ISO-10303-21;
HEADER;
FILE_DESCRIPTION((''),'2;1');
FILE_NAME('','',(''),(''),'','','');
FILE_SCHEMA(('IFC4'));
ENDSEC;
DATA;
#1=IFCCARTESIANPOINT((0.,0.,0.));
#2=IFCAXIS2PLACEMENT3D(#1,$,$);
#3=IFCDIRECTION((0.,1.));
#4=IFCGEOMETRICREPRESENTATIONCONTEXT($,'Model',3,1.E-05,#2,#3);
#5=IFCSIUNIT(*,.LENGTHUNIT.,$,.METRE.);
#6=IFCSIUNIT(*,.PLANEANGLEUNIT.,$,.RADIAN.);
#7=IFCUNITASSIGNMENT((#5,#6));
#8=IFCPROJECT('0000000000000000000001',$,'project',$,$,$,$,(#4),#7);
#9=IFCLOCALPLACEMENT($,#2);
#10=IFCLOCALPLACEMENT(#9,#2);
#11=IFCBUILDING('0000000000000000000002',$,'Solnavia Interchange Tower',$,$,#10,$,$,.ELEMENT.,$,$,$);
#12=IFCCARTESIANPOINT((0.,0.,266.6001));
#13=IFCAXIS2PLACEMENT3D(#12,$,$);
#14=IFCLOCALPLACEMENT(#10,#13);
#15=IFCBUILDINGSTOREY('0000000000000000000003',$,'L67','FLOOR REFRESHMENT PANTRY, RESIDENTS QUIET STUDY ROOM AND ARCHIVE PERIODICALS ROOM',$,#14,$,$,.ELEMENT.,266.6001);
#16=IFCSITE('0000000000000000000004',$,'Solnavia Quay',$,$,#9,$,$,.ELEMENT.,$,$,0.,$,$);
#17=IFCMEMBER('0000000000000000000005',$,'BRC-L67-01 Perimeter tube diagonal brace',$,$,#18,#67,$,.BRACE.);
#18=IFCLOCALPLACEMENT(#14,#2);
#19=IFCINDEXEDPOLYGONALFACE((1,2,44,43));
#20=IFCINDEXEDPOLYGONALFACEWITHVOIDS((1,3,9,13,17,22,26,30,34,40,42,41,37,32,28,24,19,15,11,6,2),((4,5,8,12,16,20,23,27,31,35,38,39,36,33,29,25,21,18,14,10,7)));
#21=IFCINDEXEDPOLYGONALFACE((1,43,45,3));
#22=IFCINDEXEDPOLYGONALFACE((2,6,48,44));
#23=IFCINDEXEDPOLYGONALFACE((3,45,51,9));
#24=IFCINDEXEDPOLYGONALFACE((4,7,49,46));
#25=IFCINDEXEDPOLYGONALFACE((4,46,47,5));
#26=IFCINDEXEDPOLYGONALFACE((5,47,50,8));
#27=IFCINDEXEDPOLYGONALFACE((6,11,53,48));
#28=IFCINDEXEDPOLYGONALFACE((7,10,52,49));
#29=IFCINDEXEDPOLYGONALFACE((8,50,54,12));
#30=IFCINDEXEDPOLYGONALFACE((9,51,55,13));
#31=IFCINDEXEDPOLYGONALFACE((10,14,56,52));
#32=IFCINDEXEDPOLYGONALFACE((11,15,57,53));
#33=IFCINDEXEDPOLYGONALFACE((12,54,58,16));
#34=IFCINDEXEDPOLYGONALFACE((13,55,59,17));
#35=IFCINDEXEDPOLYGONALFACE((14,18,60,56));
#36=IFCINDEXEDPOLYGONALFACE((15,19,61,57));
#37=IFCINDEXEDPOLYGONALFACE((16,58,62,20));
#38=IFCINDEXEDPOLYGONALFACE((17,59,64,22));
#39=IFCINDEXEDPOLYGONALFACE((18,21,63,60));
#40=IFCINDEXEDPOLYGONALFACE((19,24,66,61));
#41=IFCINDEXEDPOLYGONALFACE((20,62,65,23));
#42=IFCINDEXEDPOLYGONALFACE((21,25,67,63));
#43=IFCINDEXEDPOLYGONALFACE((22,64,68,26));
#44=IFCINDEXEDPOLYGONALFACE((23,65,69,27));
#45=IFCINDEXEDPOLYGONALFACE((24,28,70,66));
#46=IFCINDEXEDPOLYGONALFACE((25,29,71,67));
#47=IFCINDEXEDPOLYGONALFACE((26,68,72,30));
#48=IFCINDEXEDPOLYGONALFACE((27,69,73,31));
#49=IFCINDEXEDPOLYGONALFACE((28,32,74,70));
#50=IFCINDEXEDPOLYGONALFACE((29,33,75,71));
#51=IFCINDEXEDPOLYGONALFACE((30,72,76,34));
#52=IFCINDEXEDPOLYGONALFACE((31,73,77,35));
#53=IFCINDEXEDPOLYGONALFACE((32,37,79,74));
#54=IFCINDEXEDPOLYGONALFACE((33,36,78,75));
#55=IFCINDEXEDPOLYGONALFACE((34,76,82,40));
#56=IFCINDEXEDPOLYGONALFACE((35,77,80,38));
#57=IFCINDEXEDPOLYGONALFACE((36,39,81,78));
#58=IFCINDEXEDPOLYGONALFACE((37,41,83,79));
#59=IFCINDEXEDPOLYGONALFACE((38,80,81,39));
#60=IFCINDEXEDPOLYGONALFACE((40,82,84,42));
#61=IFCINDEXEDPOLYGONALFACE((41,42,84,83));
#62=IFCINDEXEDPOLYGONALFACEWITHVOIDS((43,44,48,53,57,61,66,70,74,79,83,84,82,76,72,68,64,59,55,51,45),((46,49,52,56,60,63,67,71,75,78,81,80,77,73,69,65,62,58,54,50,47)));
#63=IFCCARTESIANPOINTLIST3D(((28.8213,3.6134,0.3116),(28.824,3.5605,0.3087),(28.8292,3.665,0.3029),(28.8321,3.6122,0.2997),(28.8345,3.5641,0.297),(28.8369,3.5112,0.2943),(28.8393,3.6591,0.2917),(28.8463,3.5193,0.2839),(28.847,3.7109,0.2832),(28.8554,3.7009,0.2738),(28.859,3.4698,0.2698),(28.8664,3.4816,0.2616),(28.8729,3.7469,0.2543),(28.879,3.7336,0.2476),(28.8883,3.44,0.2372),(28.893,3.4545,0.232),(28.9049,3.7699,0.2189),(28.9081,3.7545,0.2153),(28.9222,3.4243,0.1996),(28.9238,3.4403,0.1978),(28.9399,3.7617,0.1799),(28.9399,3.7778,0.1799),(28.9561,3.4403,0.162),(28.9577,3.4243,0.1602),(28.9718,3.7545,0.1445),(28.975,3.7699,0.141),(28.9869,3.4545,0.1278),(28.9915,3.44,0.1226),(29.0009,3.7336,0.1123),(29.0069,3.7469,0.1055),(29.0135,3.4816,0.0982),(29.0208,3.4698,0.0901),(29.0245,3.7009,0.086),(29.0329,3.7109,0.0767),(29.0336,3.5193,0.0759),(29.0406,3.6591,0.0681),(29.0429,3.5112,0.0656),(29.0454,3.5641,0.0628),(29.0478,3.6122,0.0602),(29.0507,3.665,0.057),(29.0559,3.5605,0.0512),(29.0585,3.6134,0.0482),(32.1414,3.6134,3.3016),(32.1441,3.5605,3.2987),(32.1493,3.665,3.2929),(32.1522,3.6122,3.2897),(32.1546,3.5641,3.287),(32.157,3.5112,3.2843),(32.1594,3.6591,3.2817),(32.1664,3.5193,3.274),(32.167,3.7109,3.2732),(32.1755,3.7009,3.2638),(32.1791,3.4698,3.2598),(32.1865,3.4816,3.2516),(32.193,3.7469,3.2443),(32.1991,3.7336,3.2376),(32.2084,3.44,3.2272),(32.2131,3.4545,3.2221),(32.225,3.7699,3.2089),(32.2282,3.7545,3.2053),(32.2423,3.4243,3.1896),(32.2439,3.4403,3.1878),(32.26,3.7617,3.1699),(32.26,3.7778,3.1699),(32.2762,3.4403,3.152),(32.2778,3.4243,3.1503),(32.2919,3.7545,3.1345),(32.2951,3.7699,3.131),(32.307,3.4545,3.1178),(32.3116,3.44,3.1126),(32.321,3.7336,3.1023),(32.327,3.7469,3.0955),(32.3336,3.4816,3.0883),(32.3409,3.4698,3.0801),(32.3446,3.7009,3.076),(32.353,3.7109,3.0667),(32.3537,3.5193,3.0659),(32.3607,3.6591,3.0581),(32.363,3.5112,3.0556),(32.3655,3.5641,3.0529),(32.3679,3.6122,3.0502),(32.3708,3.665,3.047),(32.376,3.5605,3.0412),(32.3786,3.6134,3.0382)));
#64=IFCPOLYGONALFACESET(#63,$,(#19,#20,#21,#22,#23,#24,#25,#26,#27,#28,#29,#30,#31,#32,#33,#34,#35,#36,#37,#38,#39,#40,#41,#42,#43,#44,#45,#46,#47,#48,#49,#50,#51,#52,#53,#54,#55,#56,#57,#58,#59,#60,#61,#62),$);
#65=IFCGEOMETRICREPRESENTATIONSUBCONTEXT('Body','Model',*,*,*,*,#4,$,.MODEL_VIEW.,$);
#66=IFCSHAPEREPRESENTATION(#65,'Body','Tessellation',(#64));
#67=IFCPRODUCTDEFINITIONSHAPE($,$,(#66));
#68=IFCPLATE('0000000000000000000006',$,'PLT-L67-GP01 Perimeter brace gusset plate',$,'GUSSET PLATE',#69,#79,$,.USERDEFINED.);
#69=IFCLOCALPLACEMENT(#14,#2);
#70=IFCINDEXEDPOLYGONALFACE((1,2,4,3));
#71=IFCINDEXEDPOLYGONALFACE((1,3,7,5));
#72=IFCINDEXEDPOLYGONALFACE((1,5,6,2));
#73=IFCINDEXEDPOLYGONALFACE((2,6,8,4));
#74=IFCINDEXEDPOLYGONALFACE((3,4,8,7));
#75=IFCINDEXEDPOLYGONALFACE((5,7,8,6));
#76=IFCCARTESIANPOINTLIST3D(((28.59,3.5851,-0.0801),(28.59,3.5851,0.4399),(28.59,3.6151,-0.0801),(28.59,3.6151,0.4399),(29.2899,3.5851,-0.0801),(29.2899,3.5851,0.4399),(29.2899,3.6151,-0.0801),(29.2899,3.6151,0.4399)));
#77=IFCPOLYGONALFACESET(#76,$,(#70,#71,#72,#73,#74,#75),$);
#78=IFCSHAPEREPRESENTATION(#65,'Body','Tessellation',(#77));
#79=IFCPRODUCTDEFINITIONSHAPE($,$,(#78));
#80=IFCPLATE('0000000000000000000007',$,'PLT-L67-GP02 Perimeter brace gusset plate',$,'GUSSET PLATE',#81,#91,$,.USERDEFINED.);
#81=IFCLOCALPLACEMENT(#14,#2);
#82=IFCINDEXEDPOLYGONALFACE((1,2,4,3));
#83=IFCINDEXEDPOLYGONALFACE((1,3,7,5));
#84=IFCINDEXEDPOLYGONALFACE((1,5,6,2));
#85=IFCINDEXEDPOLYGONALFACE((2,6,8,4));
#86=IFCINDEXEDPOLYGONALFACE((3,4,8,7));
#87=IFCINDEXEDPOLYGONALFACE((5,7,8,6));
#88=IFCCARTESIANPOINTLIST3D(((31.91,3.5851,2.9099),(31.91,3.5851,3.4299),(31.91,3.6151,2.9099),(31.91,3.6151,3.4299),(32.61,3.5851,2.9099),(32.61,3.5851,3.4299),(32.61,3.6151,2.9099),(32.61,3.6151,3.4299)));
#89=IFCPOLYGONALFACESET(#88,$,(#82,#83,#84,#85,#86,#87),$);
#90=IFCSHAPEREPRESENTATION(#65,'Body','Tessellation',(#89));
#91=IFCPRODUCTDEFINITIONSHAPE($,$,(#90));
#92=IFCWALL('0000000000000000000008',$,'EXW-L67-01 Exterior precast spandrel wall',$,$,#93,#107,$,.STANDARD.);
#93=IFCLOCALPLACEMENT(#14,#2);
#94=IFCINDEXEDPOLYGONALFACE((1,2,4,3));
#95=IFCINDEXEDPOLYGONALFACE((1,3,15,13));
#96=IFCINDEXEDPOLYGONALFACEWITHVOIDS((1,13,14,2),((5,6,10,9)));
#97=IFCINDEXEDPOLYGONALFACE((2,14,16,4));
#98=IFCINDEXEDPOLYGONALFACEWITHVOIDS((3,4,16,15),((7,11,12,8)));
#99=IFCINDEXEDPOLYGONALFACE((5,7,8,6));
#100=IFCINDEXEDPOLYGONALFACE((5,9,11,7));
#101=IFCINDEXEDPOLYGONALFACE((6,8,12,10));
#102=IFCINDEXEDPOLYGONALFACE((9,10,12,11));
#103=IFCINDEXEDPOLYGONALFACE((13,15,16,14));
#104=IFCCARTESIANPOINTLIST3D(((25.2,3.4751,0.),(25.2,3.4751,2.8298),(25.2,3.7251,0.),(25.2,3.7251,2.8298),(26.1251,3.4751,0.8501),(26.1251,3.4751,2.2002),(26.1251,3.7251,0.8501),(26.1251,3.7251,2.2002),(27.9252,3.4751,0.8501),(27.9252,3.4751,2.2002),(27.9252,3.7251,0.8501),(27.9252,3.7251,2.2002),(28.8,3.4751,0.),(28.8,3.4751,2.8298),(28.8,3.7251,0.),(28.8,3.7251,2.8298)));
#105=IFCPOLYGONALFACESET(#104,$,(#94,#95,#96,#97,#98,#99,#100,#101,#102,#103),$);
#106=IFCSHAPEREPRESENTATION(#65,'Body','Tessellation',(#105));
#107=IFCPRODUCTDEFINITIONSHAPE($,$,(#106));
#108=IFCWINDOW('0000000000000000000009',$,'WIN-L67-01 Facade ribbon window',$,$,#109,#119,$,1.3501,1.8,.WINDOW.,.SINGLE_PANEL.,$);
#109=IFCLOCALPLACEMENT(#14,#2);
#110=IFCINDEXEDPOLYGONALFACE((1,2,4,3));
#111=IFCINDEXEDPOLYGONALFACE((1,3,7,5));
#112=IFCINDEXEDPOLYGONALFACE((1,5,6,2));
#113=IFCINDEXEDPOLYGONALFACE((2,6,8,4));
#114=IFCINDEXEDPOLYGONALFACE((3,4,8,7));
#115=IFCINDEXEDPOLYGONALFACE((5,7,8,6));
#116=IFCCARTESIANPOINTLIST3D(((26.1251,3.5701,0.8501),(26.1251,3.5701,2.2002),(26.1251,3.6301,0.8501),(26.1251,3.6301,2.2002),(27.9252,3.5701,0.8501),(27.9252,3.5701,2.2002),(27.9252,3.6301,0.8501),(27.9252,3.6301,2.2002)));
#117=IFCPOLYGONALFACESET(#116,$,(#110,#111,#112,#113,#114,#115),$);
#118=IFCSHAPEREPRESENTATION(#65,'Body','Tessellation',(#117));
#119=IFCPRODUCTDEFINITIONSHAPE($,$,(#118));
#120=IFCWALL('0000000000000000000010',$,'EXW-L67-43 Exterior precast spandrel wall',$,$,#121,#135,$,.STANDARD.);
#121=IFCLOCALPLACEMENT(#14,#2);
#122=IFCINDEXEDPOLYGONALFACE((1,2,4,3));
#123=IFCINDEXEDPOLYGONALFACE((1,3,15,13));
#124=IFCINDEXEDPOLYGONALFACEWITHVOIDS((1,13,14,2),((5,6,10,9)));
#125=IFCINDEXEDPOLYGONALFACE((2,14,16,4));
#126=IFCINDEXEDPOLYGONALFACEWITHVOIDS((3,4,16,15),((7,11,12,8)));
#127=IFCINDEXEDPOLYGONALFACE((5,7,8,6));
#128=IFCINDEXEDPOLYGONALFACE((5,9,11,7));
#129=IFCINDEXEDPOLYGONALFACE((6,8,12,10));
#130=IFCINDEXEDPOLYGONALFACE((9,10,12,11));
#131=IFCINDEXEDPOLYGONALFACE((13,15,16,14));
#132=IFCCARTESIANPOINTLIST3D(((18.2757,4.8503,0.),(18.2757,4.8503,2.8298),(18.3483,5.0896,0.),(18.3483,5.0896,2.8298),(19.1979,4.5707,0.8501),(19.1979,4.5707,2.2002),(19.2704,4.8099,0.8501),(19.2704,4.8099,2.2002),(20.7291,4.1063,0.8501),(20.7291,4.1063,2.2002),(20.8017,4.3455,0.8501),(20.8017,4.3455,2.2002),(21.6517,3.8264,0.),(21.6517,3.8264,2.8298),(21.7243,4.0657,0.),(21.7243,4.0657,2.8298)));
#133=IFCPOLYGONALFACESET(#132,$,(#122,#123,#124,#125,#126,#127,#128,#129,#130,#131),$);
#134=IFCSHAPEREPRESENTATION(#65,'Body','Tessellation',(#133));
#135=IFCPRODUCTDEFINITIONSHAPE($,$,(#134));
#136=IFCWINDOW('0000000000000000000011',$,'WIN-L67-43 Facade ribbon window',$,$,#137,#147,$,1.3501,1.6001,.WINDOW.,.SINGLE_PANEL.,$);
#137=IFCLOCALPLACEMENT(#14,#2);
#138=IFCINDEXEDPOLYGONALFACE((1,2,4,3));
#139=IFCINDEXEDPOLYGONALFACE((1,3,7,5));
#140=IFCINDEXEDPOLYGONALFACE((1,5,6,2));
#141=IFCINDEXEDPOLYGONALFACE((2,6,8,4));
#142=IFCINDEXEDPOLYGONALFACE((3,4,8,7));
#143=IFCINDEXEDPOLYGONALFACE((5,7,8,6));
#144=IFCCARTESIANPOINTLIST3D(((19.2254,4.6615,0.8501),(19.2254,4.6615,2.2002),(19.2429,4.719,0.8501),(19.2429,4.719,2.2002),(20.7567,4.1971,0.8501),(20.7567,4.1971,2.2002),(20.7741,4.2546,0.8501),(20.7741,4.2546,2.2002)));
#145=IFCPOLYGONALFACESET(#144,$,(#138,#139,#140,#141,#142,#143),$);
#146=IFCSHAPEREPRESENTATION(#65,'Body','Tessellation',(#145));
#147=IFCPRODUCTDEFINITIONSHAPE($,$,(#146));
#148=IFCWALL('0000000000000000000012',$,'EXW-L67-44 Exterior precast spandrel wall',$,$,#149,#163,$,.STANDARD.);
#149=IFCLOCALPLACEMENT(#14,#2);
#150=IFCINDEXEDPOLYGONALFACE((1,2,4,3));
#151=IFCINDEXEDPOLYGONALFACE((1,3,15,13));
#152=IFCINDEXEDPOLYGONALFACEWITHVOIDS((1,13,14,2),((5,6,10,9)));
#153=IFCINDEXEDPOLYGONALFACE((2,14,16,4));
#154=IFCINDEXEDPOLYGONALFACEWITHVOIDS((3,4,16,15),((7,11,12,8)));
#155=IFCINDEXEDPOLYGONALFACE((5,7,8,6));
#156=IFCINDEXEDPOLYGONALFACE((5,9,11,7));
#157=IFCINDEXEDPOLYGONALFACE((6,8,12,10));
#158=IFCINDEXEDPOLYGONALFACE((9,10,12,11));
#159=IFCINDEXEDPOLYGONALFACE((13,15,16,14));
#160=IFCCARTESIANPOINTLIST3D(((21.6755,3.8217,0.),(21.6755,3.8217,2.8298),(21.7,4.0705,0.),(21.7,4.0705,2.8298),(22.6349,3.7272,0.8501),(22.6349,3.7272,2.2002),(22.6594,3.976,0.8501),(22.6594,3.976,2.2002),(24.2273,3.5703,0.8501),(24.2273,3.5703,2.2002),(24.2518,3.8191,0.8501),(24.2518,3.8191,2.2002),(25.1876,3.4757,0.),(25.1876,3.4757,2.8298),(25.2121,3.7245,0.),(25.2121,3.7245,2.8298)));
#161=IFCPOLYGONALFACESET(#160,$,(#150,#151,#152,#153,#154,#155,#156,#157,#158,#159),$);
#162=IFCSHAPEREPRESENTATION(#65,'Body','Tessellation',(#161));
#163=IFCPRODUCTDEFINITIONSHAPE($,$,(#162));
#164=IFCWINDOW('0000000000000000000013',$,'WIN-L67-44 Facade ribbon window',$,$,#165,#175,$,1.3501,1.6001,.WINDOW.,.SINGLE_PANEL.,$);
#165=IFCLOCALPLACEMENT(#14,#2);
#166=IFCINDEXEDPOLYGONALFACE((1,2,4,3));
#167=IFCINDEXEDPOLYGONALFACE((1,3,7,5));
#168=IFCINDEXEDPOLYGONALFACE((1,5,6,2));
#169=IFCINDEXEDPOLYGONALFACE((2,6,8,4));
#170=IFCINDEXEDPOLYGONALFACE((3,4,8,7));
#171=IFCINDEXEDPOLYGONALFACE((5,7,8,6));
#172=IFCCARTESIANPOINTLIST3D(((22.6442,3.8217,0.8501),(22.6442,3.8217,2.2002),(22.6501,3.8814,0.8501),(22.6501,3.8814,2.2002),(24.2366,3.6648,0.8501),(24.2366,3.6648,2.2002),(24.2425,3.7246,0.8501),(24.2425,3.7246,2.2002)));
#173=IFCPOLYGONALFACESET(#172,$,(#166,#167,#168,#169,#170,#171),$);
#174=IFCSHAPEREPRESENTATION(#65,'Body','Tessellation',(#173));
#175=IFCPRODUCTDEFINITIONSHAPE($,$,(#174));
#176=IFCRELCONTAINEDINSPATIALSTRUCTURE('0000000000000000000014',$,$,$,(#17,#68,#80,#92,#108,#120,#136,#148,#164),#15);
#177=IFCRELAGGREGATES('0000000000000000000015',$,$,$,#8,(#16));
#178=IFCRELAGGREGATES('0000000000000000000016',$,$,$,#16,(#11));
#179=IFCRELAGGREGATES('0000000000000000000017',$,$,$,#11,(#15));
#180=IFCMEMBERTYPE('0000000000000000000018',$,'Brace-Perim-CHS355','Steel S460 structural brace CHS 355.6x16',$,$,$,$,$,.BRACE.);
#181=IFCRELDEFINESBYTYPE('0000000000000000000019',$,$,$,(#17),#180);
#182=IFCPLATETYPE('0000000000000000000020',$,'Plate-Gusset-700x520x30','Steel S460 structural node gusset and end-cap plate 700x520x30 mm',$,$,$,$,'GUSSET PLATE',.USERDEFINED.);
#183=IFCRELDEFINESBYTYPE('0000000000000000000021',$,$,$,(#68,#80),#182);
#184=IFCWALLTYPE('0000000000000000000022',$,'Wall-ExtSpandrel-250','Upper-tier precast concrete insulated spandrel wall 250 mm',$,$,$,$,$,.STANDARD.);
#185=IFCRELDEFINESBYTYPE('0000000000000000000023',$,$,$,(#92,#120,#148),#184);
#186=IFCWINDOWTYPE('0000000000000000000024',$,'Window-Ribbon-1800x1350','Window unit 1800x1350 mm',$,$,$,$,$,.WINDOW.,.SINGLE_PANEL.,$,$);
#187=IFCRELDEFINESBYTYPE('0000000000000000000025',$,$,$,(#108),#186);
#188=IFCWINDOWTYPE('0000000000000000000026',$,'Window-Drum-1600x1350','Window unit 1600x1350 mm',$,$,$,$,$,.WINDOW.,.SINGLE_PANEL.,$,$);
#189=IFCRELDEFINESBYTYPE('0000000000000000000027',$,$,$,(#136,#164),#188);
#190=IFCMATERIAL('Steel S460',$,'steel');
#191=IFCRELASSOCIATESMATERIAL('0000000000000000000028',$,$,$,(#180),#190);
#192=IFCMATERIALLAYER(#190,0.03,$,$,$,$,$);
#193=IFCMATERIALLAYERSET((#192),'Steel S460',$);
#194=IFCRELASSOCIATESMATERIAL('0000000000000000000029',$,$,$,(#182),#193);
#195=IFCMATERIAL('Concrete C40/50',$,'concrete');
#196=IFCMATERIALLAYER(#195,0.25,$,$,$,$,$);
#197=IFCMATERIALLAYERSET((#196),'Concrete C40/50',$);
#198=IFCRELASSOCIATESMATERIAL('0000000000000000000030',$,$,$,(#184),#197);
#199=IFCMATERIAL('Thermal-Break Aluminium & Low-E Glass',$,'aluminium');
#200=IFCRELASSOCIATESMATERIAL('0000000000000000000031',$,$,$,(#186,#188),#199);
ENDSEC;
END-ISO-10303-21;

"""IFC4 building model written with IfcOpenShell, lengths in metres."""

from ifc_helpers import new_model, si_unit, direction, frame, frame_2d, origin, origin_2d, place, context, subcontext, project, spatial, rectangle, hollow_circle, extrude, material, layer, layer_set, material_profile, profile_set, type_object, element, fill, save


model = new_model("IFC4")

# Units and contexts
model_context = context("Model", 3, precision=1e-05, world=origin(), true_north=direction((0.0, 1.0)))
body_context = subcontext(model_context, "Body", "Model", "MODEL_VIEW")
ifc_project = project(units=[si_unit("LENGTHUNIT", "METRE"), si_unit("PLANEANGLEUNIT", "RADIAN")], contexts=[model_context])

# Site, building, storey
site_placement = place(None, origin())
site = spatial("IfcSite", under=ifc_project, at=site_placement, Name="Solnavia Quay", CompositionType="ELEMENT", RefElevation=0.0)
building_placement = place(site_placement, origin())
building = spatial("IfcBuilding", under=site, at=building_placement, Name="Solnavia Interchange Tower", CompositionType="ELEMENT")
storey_placement = place(building_placement, frame((0.0, 0.0, 266.6001)))
storey = spatial("IfcBuildingStorey", under=building, at=storey_placement, Name="L67", Description="FLOOR REFRESHMENT PANTRY, RESIDENTS QUIET STUDY ROOM AND ARCHIVE PERIODICALS ROOM", CompositionType="ELEMENT", Elevation=266.6001)

# Member
ifc_material_1 = material(Name="Steel S460", Category="steel")
ifc_material_profile_1 = material_profile(ifc_material_1, hollow_circle(Radius=0.1777, WallThickness=0.0161, at=origin_2d()), Name="CHS 355.6x16")
ifc_profile_set_1 = profile_set([ifc_material_profile_1], Name="Steel S460")
member_type = type_object("IfcMemberType", Name="Brace-Perim-CHS355", Description="Steel S460 structural brace CHS 355.6x16", PredefinedType="BRACE", material=ifc_profile_set_1)
member_placement = place(storey_placement, frame((28.9399, 3.6001, 0.1799), z_axis=(0.743079, 0.0, 0.669203), x_axis=(0.0, 1.0, 0.0)))
element("IfcMember", 1, at=member_placement, inside=storey, type_object=member_type, Name="BRC-L67-01 Perimeter tube diagonal brace", PredefinedType="BRACE", context=body_context, shape_type="SweptSolid", body=[
    extrude(hollow_circle(Radius=0.1777, WallThickness=0.0161, at=origin_2d()), origin(), (0.0, 0.0, 1.0), 4.468),
])

# Plates
ifc_layer_1 = layer(ifc_material_1, 0.03)
ifc_layer_set_1 = layer_set([ifc_layer_1], Name="Steel S460")
plate_type = type_object("IfcPlateType", Name="Plate-Gusset-700x520x30", Description="Steel S460 structural node gusset and end-cap plate 700x520x30 mm", ElementType="GUSSET PLATE", PredefinedType="USERDEFINED", material=ifc_layer_set_1)
for number, where, z_axis, x_axis, name in (
    (2, (28.9399, 3.6001, -0.0801), (0.0, 0.0, 1.0), (1.0, 0.0, 0.0), "PLT-L67-GP01 Perimeter brace gusset plate"),
    (3, (32.26, 3.6001, 2.9099), (0.0, 0.0, 1.0), (1.0, 0.0, 0.0), "PLT-L67-GP02 Perimeter brace gusset plate"),
):
    element("IfcPlate", number, at=place(storey_placement, frame(where, z_axis=z_axis, x_axis=x_axis)), inside=storey, type_object=plate_type, Name=name, ObjectType="GUSSET PLATE", PredefinedType="USERDEFINED", context=body_context, shape_type="SweptSolid", body=[
        extrude(rectangle(XDim=0.7, YDim=0.03, at=origin_2d()), origin(), (0.0, 0.0, 1.0), 0.52),
    ])

# Walls, openings, windows
ifc_material_2 = material(Name="Concrete C40/50", Category="concrete")
ifc_layer_2 = layer(ifc_material_2, 0.25)
ifc_layer_set_2 = layer_set([ifc_layer_2], Name="Concrete C40/50")
wall_type_1 = type_object("IfcWallType", Name="Wall-ExtSpandrel-250", Description="Upper-tier precast concrete insulated spandrel wall 250 mm", PredefinedType="STANDARD", material=ifc_layer_set_2)
wall_1_placement = place(storey_placement, frame((28.8, 3.6001, 0.0), z_axis=(0.0, 0.0, 1.0), x_axis=(-1.0, 0.0, 0.0)))
wall_1 = element("IfcWall", 4, at=wall_1_placement, inside=storey, type_object=wall_type_1, Name="EXW-L67-01 Exterior precast spandrel wall", PredefinedType="STANDARD", context=body_context, shape_type="SweptSolid", body=[
    extrude(rectangle(XDim=3.6001, YDim=0.25, at=frame_2d((1.8, 0.0))), origin(), (0.0, 0.0, 1.0), 2.8298),
])
opening_1_placement = place(wall_1_placement, frame((0.875, 0.0, 0.8501)))
opening_1 = element("IfcOpeningElement", 5, at=opening_1_placement, cuts=wall_1, PredefinedType="OPENING", context=body_context, shape_type="SweptSolid", body=[
    extrude(rectangle(XDim=1.8, YDim=1.3501, at=frame_2d((0.8999, 0.675))), frame((0.0, 0.135, 0.0), z_axis=(0.0, -1.0, 0.0), x_axis=(1.0, 0.0, 0.0)), (0.0, 0.0, 1.0), 0.27),
])
ifc_material_3 = material(Name="Thermal-Break Aluminium & Low-E Glass", Category="aluminium")
window_type_1 = type_object("IfcWindowType", Name="Window-Ribbon-1800x1350", Description="Window unit 1800x1350 mm", PartitioningType="SINGLE_PANEL", PredefinedType="WINDOW", material=ifc_material_3)
window_1_placement = place(opening_1_placement, origin())
window_1 = element("IfcWindow", 6, at=window_1_placement, inside=storey, type_object=window_type_1, Name="WIN-L67-01 Facade ribbon window", OverallHeight=1.3501, OverallWidth=1.8, PartitioningType="SINGLE_PANEL", PredefinedType="WINDOW", context=body_context, shape_type="SweptSolid", body=[
    extrude(rectangle(XDim=1.8, YDim=1.3501, at=frame_2d((0.8999, 0.675))), frame((0.0, 0.03, 0.0), z_axis=(0.0, -1.0, 0.0), x_axis=(1.0, 0.0, 0.0)), (0.0, 0.0, 1.0), 0.0601),
])
fill(opening_1, window_1)
wall_2_placement = place(storey_placement, frame((21.688, 3.946, 0.0), z_axis=(0.0, 0.0, 1.0), x_axis=(-0.956953, 0.290242, 0.0)))
wall_2 = element("IfcWall", 7, at=wall_2_placement, inside=storey, type_object=wall_type_1, Name="EXW-L67-43 Exterior precast spandrel wall", PredefinedType="STANDARD", context=body_context, shape_type="SweptSolid", body=[
    extrude(rectangle(XDim=3.5278, YDim=0.25, at=frame_2d((1.7639, 0.0))), origin(), (0.0, 0.0, 1.0), 2.8298),
])
opening_2_placement = place(wall_2_placement, frame((0.9641, 0.0, 0.8501)))
opening_2 = element("IfcOpeningElement", 8, at=opening_2_placement, cuts=wall_2, PredefinedType="OPENING", context=body_context, shape_type="SweptSolid", body=[
    extrude(rectangle(XDim=1.6001, YDim=1.3501, at=frame_2d((0.8, 0.675))), frame((0.0, 0.135, 0.0), z_axis=(0.0, -1.0, 0.0), x_axis=(1.0, 0.0, 0.0)), (0.0, 0.0, 1.0), 0.27),
])
window_type_2 = type_object("IfcWindowType", Name="Window-Drum-1600x1350", Description="Window unit 1600x1350 mm", PartitioningType="SINGLE_PANEL", PredefinedType="WINDOW", material=ifc_material_3)
window_2_placement = place(opening_2_placement, origin())
window_2 = element("IfcWindow", 9, at=window_2_placement, inside=storey, type_object=window_type_2, Name="WIN-L67-43 Facade ribbon window", OverallHeight=1.3501, OverallWidth=1.6001, PartitioningType="SINGLE_PANEL", PredefinedType="WINDOW", context=body_context, shape_type="SweptSolid", body=[
    extrude(rectangle(XDim=1.6001, YDim=1.3501, at=frame_2d((0.8, 0.675))), frame((0.0, 0.03, 0.0), z_axis=(0.0, -1.0, 0.0), x_axis=(1.0, 0.0, 0.0)), (0.0, 0.0, 1.0), 0.0601),
])
fill(opening_2, window_2)
wall_3_placement = place(storey_placement, frame((25.2, 3.6001, 0.0), z_axis=(0.0, 0.0, 1.0), x_axis=(-0.995183, 0.098031, 0.0)))
wall_3 = element("IfcWall", 10, at=wall_3_placement, inside=storey, type_object=wall_type_1, Name="EXW-L67-44 Exterior precast spandrel wall", PredefinedType="STANDARD", context=body_context, shape_type="SweptSolid", body=[
    extrude(rectangle(XDim=3.5291, YDim=0.25, at=frame_2d((1.7646, 0.0))), origin(), (0.0, 0.0, 1.0), 2.8298),
])
opening_3_placement = place(wall_3_placement, frame((0.9651, 0.0, 0.8501)))
opening_3 = element("IfcOpeningElement", 11, at=opening_3_placement, cuts=wall_3, PredefinedType="OPENING", context=body_context, shape_type="SweptSolid", body=[
    extrude(rectangle(XDim=1.6001, YDim=1.3501, at=frame_2d((0.8, 0.675))), frame((0.0, 0.135, 0.0), z_axis=(0.0, -1.0, 0.0), x_axis=(1.0, 0.0, 0.0)), (0.0, 0.0, 1.0), 0.27),
])
window_3_placement = place(opening_3_placement, origin())
window_3 = element("IfcWindow", 12, at=window_3_placement, inside=storey, type_object=window_type_2, Name="WIN-L67-44 Facade ribbon window", OverallHeight=1.3501, OverallWidth=1.6001, PartitioningType="SINGLE_PANEL", PredefinedType="WINDOW", context=body_context, shape_type="SweptSolid", body=[
    extrude(rectangle(XDim=1.6001, YDim=1.3501, at=frame_2d((0.8, 0.675))), frame((0.0, 0.03, 0.0), z_axis=(0.0, -1.0, 0.0), x_axis=(1.0, 0.0, 0.0)), (0.0, 0.0, 1.0), 0.0601),
])
fill(opening_3, window_3)

save(model, "model.ifc")
